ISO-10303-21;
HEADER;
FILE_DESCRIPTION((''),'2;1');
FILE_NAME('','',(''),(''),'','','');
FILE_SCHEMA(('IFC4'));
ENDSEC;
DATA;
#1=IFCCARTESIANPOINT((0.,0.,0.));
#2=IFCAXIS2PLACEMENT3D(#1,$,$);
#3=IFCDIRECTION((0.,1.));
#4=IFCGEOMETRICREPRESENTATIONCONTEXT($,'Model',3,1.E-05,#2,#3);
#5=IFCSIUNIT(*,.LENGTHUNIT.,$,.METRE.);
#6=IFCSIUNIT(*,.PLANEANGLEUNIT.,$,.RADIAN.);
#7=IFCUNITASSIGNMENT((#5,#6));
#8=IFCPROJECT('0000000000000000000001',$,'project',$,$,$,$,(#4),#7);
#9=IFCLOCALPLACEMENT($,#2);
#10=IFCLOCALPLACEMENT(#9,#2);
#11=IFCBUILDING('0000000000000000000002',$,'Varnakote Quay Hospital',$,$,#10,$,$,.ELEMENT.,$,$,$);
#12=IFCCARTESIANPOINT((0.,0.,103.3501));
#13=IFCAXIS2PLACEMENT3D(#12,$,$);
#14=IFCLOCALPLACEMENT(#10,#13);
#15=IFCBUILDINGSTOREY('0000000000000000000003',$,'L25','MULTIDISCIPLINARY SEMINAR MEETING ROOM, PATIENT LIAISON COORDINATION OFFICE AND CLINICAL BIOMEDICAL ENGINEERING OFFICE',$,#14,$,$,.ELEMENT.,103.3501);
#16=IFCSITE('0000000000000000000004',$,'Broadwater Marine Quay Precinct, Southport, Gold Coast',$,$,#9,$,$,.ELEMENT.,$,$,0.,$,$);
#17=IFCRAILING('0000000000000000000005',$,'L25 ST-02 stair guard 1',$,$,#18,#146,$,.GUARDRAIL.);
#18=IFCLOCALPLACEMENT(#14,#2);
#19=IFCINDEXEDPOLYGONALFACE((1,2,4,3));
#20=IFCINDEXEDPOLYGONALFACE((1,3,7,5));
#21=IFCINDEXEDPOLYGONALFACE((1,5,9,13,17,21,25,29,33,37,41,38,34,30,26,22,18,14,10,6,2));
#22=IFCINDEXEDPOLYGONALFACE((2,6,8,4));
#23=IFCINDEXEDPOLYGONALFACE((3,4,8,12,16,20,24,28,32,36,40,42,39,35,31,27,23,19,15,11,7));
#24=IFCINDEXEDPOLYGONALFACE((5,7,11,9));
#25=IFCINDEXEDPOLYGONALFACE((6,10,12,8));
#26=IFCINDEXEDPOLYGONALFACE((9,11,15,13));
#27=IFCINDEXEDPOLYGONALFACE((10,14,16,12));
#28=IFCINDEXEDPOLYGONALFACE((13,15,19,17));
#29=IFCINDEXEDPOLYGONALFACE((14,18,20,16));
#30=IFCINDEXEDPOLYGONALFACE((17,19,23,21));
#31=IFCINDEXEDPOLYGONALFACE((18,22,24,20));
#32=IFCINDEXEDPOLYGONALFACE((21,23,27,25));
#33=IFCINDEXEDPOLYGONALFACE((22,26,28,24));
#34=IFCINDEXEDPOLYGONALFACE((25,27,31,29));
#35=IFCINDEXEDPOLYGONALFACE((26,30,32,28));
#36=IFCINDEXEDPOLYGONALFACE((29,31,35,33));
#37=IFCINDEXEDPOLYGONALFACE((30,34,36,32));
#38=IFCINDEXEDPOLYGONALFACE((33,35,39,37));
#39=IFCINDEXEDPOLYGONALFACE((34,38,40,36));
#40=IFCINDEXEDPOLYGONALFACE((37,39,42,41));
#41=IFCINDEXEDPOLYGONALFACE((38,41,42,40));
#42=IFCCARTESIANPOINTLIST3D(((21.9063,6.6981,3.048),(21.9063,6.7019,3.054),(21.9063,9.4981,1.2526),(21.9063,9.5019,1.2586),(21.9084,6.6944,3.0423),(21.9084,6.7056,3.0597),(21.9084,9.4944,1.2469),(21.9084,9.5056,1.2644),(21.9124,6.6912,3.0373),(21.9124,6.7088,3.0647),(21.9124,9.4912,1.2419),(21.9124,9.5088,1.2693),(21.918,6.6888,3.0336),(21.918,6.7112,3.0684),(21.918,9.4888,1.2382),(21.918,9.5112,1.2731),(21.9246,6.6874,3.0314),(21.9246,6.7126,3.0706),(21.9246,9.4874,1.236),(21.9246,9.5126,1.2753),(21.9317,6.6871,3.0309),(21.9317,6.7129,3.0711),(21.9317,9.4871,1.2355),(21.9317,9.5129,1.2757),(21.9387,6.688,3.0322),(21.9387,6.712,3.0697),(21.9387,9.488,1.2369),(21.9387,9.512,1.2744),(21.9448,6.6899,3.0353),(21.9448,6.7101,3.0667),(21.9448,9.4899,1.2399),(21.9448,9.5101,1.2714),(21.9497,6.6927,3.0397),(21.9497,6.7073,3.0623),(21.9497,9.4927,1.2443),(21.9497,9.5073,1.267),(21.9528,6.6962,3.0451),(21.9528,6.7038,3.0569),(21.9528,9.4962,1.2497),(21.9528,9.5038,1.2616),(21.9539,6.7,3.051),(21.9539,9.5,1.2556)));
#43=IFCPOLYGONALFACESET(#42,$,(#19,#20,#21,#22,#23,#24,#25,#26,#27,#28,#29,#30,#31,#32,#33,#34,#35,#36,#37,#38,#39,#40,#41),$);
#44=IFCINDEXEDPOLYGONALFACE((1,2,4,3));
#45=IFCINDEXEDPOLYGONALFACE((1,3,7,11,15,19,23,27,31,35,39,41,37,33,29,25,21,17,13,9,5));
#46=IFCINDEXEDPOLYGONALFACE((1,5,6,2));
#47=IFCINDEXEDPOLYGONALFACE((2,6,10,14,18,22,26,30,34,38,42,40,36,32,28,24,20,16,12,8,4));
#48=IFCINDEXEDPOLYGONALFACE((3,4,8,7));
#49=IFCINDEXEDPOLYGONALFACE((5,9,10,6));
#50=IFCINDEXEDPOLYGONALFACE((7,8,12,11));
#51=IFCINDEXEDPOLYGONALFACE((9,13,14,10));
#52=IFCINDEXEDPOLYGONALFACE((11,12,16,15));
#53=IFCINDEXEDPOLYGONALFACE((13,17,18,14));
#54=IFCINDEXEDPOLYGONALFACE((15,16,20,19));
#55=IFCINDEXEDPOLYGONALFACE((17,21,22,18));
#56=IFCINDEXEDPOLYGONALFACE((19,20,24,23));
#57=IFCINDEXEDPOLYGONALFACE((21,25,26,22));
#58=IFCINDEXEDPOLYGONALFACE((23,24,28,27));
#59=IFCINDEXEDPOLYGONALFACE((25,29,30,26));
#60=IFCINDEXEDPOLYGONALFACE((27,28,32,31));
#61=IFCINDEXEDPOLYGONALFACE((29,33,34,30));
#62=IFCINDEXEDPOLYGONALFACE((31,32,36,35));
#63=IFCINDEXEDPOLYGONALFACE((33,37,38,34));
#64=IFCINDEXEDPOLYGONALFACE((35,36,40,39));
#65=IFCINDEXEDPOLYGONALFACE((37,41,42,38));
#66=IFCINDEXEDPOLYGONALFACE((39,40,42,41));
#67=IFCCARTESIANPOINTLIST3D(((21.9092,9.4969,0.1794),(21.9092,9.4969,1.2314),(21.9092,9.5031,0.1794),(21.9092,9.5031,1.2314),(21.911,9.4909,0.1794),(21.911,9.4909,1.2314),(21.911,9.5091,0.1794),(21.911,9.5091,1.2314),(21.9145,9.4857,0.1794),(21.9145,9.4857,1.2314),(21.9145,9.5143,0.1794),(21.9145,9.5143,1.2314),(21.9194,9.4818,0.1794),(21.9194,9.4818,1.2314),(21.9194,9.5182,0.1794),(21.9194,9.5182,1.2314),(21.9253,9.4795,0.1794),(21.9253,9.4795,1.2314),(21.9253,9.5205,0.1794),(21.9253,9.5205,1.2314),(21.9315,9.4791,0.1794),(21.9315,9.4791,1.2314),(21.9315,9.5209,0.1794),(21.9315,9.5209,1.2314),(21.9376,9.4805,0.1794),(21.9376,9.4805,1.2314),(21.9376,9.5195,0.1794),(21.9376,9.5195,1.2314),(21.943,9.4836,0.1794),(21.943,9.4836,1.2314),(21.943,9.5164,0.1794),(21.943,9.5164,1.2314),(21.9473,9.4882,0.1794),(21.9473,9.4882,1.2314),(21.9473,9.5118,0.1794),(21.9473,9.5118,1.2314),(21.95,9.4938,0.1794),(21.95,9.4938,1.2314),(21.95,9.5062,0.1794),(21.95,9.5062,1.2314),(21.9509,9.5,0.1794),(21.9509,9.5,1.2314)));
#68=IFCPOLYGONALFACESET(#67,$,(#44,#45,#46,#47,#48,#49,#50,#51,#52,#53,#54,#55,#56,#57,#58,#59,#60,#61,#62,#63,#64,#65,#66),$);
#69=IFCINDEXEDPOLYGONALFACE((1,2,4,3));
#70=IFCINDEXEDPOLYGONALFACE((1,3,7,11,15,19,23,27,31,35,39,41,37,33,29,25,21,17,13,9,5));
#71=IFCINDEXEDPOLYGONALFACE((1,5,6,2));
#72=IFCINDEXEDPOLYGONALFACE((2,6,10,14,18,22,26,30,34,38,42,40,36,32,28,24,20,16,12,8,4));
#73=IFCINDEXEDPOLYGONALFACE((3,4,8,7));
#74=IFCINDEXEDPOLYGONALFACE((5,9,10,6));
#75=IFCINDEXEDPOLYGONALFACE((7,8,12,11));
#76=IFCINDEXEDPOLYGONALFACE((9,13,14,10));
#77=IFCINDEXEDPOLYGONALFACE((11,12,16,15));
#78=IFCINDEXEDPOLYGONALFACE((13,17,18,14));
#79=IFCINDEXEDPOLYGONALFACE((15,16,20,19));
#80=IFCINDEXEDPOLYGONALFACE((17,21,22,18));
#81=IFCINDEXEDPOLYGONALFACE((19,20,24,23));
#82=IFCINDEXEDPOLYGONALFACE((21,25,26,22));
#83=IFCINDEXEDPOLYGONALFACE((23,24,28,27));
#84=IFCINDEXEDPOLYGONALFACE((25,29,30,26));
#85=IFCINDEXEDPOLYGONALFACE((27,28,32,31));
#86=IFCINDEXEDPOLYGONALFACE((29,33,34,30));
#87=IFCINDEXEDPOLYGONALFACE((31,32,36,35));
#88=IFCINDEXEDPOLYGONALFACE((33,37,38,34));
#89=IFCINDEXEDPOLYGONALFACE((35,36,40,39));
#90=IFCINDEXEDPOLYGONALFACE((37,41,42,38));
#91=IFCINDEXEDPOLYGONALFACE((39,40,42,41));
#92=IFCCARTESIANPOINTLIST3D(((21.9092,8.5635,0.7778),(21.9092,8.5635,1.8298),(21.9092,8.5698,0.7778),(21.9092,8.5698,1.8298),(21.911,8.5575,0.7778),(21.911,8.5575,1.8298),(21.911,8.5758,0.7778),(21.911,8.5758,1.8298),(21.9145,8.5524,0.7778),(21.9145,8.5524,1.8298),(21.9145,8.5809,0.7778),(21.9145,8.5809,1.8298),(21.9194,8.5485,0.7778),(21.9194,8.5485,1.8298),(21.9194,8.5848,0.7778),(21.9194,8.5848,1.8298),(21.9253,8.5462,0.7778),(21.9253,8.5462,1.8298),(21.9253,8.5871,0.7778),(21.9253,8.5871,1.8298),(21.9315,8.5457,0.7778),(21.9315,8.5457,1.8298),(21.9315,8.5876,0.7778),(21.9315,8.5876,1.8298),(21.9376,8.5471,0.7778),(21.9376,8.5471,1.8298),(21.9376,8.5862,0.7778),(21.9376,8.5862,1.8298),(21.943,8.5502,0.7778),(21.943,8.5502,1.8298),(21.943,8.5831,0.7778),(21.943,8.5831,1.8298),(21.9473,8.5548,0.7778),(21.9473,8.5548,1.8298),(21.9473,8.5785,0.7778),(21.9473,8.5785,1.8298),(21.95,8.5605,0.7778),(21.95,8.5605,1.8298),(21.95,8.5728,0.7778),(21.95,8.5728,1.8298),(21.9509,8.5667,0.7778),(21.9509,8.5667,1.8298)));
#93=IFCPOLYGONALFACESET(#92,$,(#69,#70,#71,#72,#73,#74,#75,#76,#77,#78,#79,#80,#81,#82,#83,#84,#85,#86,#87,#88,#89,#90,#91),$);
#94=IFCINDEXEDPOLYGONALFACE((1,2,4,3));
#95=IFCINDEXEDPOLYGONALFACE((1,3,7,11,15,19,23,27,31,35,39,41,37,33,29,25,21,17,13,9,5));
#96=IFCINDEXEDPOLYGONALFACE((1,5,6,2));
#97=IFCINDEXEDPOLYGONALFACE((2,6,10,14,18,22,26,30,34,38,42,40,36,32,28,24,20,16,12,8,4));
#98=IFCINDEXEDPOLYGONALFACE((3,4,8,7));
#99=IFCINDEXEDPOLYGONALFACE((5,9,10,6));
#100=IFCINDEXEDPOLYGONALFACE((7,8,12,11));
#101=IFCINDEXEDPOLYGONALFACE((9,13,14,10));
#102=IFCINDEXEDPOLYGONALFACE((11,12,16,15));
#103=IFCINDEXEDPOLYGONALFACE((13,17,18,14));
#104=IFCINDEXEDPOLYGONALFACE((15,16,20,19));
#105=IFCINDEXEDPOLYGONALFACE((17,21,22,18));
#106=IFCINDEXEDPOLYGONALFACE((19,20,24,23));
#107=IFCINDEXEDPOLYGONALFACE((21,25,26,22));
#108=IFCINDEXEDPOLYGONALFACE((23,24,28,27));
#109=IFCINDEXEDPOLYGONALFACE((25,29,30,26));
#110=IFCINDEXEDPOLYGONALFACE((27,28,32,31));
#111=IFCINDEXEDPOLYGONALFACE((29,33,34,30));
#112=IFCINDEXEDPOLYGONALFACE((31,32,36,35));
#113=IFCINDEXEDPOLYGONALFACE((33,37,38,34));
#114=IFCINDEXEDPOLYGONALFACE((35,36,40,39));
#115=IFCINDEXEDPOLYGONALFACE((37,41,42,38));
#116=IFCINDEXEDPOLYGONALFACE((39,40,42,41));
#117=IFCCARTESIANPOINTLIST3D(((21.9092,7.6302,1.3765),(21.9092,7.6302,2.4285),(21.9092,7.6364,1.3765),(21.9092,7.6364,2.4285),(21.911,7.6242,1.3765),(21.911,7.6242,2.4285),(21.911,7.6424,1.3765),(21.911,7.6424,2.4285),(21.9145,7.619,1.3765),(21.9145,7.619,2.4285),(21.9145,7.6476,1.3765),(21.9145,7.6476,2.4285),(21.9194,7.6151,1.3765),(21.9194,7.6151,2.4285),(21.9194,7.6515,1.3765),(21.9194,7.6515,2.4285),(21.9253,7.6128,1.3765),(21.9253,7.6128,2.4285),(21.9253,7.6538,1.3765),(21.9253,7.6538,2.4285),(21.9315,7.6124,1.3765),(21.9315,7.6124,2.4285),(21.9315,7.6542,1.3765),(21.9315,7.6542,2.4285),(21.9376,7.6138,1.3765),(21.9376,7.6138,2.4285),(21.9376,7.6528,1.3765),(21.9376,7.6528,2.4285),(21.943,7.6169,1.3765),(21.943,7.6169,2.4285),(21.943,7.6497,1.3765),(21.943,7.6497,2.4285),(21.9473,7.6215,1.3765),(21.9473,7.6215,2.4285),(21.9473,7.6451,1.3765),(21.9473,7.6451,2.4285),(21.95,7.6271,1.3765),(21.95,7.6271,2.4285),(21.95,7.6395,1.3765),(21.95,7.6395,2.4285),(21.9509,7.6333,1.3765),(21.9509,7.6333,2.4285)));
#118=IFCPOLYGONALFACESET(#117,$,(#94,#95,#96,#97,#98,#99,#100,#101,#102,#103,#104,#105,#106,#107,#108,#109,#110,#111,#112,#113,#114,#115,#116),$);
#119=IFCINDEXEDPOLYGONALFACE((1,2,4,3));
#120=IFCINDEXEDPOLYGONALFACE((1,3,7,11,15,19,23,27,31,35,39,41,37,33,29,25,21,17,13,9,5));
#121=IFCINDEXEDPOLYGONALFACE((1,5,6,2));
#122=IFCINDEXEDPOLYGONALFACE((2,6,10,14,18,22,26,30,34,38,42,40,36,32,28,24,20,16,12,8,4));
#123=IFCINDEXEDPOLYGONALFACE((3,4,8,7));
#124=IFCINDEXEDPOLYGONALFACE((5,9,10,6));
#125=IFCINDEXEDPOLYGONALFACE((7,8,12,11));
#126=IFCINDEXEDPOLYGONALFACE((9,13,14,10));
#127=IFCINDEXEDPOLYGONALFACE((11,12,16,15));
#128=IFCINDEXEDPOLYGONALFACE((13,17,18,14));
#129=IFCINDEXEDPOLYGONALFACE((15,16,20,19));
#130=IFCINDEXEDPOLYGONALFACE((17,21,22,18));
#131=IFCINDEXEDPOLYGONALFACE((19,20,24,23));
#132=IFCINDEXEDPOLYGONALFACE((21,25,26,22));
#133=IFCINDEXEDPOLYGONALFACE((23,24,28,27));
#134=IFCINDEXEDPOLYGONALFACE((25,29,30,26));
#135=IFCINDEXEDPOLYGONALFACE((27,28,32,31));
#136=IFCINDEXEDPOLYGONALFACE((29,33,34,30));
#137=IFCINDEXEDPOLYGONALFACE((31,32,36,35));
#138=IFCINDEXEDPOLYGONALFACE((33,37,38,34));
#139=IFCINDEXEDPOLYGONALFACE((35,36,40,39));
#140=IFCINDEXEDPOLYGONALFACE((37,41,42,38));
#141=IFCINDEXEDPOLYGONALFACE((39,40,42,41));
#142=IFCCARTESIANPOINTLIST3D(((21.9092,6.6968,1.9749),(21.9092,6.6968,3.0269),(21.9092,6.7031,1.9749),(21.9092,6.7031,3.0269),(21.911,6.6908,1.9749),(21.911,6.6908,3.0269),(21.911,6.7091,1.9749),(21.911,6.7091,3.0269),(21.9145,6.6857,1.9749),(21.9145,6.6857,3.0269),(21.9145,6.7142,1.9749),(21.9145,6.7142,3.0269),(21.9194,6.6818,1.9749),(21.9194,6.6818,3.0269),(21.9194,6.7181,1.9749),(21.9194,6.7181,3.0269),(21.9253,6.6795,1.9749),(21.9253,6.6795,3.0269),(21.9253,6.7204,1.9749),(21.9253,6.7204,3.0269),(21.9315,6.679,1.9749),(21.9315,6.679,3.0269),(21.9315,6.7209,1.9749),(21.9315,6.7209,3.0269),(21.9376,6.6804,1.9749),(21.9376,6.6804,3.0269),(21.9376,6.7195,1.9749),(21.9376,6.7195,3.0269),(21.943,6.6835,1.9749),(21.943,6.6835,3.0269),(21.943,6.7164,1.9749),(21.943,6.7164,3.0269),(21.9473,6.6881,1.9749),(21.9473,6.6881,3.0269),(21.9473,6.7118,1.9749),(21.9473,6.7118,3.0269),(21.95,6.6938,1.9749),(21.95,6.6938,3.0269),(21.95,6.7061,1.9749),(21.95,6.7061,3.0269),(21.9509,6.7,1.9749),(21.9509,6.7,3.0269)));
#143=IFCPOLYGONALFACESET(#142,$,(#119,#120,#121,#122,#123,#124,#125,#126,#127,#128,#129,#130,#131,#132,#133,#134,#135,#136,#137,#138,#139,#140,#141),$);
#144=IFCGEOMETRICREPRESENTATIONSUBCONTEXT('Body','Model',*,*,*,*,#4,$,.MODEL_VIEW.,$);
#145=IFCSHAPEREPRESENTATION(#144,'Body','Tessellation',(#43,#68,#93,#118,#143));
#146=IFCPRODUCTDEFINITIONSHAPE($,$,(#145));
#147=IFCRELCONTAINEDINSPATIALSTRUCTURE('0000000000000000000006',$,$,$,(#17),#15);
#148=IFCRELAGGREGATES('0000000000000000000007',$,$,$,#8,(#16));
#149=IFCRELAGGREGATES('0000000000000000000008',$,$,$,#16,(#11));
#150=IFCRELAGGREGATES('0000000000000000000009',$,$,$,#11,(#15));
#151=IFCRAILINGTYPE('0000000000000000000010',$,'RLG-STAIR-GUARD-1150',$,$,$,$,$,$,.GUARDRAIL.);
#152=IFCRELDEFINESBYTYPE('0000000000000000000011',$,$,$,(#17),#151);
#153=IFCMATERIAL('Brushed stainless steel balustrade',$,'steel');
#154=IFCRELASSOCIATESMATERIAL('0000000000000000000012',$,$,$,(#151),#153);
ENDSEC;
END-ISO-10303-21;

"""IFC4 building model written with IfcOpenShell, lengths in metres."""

from ifc_helpers import new_model, si_unit, direction, frame, origin, origin_2d, place, context, subcontext, project, spatial, circle, extrude, material, type_object, element, save


model = new_model("IFC4")

# Units and contexts
model_context = context("Model", 3, precision=1e-05, world=origin(), true_north=direction((0.0, 1.0)))
body_context = subcontext(model_context, "Body", "Model", "MODEL_VIEW")
ifc_project = project(units=[si_unit("LENGTHUNIT", "METRE"), si_unit("PLANEANGLEUNIT", "RADIAN")], contexts=[model_context])

# Site, building, storey
site_placement = place(None, origin())
site = spatial("IfcSite", under=ifc_project, at=site_placement, Name="Broadwater Marine Quay Precinct, Southport, Gold Coast", CompositionType="ELEMENT", RefElevation=0.0)
building_placement = place(site_placement, origin())
building = spatial("IfcBuilding", under=site, at=building_placement, Name="Varnakote Quay Hospital", CompositionType="ELEMENT")
storey_placement = place(building_placement, frame((0.0, 0.0, 103.3501)))
storey = spatial("IfcBuildingStorey", under=building, at=storey_placement, Name="L25", Description="MULTIDISCIPLINARY SEMINAR MEETING ROOM, PATIENT LIAISON COORDINATION OFFICE AND CLINICAL BIOMEDICAL ENGINEERING OFFICE", CompositionType="ELEMENT", Elevation=103.3501)

# Railing
ifc_material_1 = material(Name="Brushed stainless steel balustrade", Category="steel")
railing_type_1 = type_object("IfcRailingType", Name="RLG-STAIR-GUARD-1150", PredefinedType="GUARDRAIL", material=ifc_material_1)
railing_1_placement = place(storey_placement, frame((21.9299, 9.5, 0.1794)))
element("IfcRailing", 1, at=railing_1_placement, inside=storey, type_object=railing_type_1, Name="L25 ST-02 stair guard 1", PredefinedType="GUARDRAIL", context=body_context, shape_type="SweptSolid", body=[
    extrude(circle(Radius=0.0239, at=origin_2d()), frame((0.0, 0.0, 1.0762), z_axis=(0.0, -0.84181, 0.539774), x_axis=(1.0, 0.0, 0.0)), (0.0, 0.0, 1.0), 3.3262),
    extrude(circle(Radius=0.021, at=origin_2d()), origin(), (0.0, 0.0, 1.0), 1.052),
    extrude(circle(Radius=0.021, at=origin_2d()), frame((0.0, -0.9333, 0.5984)), (0.0, 0.0, 1.0), 1.052),
    extrude(circle(Radius=0.021, at=origin_2d()), frame((0.0, -1.8667, 1.197)), (0.0, 0.0, 1.0), 1.052),
    extrude(circle(Radius=0.021, at=origin_2d()), frame((0.0, -2.8, 1.7954)), (0.0, 0.0, 1.0), 1.052),
])

save(model, "model.ifc")
